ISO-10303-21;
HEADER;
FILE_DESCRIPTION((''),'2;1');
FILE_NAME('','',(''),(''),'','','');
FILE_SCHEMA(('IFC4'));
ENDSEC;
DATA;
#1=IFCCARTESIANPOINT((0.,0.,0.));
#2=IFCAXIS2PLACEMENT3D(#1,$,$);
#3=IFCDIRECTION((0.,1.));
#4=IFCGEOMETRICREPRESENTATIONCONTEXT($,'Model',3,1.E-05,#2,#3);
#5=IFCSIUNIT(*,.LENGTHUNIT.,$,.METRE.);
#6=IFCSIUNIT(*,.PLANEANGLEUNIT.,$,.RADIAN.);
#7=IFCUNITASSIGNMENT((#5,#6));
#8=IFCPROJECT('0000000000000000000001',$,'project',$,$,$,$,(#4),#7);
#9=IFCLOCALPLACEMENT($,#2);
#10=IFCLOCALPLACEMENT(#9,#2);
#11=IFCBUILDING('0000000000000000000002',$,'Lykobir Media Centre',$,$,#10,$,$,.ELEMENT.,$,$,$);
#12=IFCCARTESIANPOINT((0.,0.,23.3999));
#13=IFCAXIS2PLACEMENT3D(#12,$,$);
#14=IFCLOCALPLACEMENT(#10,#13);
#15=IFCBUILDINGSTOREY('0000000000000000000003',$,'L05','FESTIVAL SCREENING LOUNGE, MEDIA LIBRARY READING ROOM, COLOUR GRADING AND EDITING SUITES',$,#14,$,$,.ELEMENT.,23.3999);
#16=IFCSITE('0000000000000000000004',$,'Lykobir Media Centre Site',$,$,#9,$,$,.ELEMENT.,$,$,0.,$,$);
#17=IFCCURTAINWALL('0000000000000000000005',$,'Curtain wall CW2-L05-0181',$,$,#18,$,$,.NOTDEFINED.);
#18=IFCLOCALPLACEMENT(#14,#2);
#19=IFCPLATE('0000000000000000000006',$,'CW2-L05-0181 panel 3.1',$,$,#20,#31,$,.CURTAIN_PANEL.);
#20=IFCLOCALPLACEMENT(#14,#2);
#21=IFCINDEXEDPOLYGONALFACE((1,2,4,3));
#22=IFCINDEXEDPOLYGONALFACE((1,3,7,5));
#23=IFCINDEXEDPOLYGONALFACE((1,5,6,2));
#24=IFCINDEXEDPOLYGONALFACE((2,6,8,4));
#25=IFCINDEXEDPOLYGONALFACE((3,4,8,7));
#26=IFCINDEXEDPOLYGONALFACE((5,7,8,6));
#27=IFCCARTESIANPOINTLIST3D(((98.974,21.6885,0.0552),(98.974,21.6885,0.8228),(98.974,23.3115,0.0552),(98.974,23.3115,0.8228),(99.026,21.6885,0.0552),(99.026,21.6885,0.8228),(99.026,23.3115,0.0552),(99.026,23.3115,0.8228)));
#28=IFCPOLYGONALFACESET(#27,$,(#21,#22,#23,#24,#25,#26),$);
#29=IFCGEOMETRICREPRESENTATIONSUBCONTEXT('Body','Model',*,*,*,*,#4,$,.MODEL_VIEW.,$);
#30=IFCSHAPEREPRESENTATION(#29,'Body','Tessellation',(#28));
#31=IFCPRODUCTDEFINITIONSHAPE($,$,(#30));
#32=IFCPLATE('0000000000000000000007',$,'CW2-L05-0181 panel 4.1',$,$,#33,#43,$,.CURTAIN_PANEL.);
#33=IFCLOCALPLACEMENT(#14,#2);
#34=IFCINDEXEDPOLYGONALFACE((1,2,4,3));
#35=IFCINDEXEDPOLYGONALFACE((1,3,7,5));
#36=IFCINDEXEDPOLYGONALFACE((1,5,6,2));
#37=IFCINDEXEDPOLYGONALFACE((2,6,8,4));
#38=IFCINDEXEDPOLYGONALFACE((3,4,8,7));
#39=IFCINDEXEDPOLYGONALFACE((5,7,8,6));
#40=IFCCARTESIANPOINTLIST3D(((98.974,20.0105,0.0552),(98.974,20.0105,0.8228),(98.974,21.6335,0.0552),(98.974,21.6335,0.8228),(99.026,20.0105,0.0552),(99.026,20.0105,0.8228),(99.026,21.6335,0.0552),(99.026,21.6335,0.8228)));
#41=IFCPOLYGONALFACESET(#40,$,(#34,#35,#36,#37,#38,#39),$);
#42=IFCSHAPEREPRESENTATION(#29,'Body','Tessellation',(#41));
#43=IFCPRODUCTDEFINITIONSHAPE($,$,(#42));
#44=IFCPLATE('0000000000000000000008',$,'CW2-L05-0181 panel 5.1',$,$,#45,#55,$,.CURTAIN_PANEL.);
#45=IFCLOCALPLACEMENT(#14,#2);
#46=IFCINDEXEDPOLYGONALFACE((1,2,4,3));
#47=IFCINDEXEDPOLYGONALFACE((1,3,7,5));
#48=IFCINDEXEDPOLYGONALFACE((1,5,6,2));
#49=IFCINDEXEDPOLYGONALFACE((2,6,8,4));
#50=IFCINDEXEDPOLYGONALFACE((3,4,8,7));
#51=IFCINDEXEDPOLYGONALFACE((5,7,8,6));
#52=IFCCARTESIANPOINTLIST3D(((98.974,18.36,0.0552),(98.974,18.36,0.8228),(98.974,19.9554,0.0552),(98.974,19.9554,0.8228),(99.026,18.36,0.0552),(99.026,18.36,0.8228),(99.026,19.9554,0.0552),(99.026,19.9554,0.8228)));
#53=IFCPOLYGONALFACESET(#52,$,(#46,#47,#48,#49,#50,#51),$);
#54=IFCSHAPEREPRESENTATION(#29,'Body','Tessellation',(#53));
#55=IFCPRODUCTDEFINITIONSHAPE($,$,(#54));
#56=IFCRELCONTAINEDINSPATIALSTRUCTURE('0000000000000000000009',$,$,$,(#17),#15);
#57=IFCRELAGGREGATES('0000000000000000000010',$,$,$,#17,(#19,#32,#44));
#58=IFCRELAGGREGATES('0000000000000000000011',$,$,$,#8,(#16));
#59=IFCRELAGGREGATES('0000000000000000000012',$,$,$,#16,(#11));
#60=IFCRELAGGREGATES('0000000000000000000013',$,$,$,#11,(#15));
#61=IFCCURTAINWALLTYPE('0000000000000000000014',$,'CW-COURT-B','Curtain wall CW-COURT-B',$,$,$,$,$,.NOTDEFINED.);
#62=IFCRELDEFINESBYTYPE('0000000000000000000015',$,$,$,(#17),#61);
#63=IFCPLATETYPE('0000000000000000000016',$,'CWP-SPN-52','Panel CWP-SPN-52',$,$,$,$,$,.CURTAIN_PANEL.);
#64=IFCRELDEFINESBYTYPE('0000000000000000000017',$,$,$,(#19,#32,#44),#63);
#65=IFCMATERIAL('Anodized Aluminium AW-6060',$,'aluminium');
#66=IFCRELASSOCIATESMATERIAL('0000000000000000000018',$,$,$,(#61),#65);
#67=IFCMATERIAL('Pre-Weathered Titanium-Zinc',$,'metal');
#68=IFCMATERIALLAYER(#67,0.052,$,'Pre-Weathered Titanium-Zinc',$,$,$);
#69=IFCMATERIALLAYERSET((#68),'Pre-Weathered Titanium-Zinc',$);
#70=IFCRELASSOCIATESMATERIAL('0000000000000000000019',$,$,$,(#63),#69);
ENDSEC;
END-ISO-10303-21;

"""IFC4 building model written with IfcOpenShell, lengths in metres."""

from ifc_helpers import new_model, si_unit, direction, frame, origin, origin_2d, place, context, subcontext, project, spatial, rectangle, extrude, material, layer, layer_set, type_object, element, aggregate, save


model = new_model("IFC4")

# Units and contexts
model_context = context("Model", 3, precision=1e-05, world=origin(), true_north=direction((0.0, 1.0)))
body_context = subcontext(model_context, "Body", "Model", "MODEL_VIEW")
ifc_project = project(units=[si_unit("LENGTHUNIT", "METRE"), si_unit("PLANEANGLEUNIT", "RADIAN")], contexts=[model_context])

# Site, building, storey
site_placement = place(None, origin())
site = spatial("IfcSite", under=ifc_project, at=site_placement, Name="Lykobir Media Centre Site", CompositionType="ELEMENT", RefElevation=0.0)
building_placement = place(site_placement, origin())
building = spatial("IfcBuilding", under=site, at=building_placement, Name="Lykobir Media Centre", CompositionType="ELEMENT")
storey_placement = place(building_placement, frame((0.0, 0.0, 23.3999)))
storey = spatial("IfcBuildingStorey", under=building, at=storey_placement, Name="L05", Description="FESTIVAL SCREENING LOUNGE, MEDIA LIBRARY READING ROOM, COLOUR GRADING AND EDITING SUITES", CompositionType="ELEMENT", Elevation=23.3999)

# Curtain wall, plates
ifc_material_1 = material(Name="Anodized Aluminium AW-6060", Category="aluminium")
curtain_wall_type = type_object("IfcCurtainWallType", Name="CW-COURT-B", Description="Curtain wall CW-COURT-B", PredefinedType="NOTDEFINED", material=ifc_material_1)
curtain_wall_placement = place(storey_placement, origin())
curtain_wall = element("IfcCurtainWall", 1, at=curtain_wall_placement, inside=storey, type_object=curtain_wall_type, Name="Curtain wall CW2-L05-0181", PredefinedType="NOTDEFINED")
ifc_material_2 = material(Name="Pre-Weathered Titanium-Zinc", Category="metal")
ifc_layer_1 = layer(ifc_material_2, 0.052, Name="Pre-Weathered Titanium-Zinc")
ifc_layer_set_1 = layer_set([ifc_layer_1], Name="Pre-Weathered Titanium-Zinc")
plate_type_1 = type_object("IfcPlateType", Name="CWP-SPN-52", Description="Panel CWP-SPN-52", PredefinedType="CURTAIN_PANEL", material=ifc_layer_set_1)
plate_1_placement = place(storey_placement, frame((99.0, 22.5, 0.0552), z_axis=(0.0, 0.0, 1.0), x_axis=(0.0, -1.0, 0.0)))
plate_1 = element("IfcPlate", 2, at=plate_1_placement, type_object=plate_type_1, Name="CW2-L05-0181 panel 3.1", PredefinedType="CURTAIN_PANEL", context=body_context, shape_type="SweptSolid", body=[
    extrude(rectangle(XDim=1.623, YDim=0.052, at=origin_2d()), origin(), (0.0, 0.0, 1.0), 0.7676),
])
plate_2_placement = place(storey_placement, frame((99.0, 20.822, 0.0552), z_axis=(0.0, 0.0, 1.0), x_axis=(0.0, -1.0, 0.0)))
plate_2 = element("IfcPlate", 3, at=plate_2_placement, type_object=plate_type_1, Name="CW2-L05-0181 panel 4.1", PredefinedType="CURTAIN_PANEL", context=body_context, shape_type="SweptSolid", body=[
    extrude(rectangle(XDim=1.623, YDim=0.052, at=origin_2d()), origin(), (0.0, 0.0, 1.0), 0.7676),
])
plate_3_placement = place(storey_placement, frame((99.0, 19.1577, 0.0552), z_axis=(0.0, 0.0, 1.0), x_axis=(0.0, -1.0, 0.0)))
plate_3 = element("IfcPlate", 4, at=plate_3_placement, type_object=plate_type_1, Name="CW2-L05-0181 panel 5.1", PredefinedType="CURTAIN_PANEL", context=body_context, shape_type="SweptSolid", body=[
    extrude(rectangle(XDim=1.5955, YDim=0.052, at=origin_2d()), origin(), (0.0, 0.0, 1.0), 0.7676),
])
aggregate(curtain_wall, [plate_1, plate_2, plate_3])

save(model, "model.ifc")
